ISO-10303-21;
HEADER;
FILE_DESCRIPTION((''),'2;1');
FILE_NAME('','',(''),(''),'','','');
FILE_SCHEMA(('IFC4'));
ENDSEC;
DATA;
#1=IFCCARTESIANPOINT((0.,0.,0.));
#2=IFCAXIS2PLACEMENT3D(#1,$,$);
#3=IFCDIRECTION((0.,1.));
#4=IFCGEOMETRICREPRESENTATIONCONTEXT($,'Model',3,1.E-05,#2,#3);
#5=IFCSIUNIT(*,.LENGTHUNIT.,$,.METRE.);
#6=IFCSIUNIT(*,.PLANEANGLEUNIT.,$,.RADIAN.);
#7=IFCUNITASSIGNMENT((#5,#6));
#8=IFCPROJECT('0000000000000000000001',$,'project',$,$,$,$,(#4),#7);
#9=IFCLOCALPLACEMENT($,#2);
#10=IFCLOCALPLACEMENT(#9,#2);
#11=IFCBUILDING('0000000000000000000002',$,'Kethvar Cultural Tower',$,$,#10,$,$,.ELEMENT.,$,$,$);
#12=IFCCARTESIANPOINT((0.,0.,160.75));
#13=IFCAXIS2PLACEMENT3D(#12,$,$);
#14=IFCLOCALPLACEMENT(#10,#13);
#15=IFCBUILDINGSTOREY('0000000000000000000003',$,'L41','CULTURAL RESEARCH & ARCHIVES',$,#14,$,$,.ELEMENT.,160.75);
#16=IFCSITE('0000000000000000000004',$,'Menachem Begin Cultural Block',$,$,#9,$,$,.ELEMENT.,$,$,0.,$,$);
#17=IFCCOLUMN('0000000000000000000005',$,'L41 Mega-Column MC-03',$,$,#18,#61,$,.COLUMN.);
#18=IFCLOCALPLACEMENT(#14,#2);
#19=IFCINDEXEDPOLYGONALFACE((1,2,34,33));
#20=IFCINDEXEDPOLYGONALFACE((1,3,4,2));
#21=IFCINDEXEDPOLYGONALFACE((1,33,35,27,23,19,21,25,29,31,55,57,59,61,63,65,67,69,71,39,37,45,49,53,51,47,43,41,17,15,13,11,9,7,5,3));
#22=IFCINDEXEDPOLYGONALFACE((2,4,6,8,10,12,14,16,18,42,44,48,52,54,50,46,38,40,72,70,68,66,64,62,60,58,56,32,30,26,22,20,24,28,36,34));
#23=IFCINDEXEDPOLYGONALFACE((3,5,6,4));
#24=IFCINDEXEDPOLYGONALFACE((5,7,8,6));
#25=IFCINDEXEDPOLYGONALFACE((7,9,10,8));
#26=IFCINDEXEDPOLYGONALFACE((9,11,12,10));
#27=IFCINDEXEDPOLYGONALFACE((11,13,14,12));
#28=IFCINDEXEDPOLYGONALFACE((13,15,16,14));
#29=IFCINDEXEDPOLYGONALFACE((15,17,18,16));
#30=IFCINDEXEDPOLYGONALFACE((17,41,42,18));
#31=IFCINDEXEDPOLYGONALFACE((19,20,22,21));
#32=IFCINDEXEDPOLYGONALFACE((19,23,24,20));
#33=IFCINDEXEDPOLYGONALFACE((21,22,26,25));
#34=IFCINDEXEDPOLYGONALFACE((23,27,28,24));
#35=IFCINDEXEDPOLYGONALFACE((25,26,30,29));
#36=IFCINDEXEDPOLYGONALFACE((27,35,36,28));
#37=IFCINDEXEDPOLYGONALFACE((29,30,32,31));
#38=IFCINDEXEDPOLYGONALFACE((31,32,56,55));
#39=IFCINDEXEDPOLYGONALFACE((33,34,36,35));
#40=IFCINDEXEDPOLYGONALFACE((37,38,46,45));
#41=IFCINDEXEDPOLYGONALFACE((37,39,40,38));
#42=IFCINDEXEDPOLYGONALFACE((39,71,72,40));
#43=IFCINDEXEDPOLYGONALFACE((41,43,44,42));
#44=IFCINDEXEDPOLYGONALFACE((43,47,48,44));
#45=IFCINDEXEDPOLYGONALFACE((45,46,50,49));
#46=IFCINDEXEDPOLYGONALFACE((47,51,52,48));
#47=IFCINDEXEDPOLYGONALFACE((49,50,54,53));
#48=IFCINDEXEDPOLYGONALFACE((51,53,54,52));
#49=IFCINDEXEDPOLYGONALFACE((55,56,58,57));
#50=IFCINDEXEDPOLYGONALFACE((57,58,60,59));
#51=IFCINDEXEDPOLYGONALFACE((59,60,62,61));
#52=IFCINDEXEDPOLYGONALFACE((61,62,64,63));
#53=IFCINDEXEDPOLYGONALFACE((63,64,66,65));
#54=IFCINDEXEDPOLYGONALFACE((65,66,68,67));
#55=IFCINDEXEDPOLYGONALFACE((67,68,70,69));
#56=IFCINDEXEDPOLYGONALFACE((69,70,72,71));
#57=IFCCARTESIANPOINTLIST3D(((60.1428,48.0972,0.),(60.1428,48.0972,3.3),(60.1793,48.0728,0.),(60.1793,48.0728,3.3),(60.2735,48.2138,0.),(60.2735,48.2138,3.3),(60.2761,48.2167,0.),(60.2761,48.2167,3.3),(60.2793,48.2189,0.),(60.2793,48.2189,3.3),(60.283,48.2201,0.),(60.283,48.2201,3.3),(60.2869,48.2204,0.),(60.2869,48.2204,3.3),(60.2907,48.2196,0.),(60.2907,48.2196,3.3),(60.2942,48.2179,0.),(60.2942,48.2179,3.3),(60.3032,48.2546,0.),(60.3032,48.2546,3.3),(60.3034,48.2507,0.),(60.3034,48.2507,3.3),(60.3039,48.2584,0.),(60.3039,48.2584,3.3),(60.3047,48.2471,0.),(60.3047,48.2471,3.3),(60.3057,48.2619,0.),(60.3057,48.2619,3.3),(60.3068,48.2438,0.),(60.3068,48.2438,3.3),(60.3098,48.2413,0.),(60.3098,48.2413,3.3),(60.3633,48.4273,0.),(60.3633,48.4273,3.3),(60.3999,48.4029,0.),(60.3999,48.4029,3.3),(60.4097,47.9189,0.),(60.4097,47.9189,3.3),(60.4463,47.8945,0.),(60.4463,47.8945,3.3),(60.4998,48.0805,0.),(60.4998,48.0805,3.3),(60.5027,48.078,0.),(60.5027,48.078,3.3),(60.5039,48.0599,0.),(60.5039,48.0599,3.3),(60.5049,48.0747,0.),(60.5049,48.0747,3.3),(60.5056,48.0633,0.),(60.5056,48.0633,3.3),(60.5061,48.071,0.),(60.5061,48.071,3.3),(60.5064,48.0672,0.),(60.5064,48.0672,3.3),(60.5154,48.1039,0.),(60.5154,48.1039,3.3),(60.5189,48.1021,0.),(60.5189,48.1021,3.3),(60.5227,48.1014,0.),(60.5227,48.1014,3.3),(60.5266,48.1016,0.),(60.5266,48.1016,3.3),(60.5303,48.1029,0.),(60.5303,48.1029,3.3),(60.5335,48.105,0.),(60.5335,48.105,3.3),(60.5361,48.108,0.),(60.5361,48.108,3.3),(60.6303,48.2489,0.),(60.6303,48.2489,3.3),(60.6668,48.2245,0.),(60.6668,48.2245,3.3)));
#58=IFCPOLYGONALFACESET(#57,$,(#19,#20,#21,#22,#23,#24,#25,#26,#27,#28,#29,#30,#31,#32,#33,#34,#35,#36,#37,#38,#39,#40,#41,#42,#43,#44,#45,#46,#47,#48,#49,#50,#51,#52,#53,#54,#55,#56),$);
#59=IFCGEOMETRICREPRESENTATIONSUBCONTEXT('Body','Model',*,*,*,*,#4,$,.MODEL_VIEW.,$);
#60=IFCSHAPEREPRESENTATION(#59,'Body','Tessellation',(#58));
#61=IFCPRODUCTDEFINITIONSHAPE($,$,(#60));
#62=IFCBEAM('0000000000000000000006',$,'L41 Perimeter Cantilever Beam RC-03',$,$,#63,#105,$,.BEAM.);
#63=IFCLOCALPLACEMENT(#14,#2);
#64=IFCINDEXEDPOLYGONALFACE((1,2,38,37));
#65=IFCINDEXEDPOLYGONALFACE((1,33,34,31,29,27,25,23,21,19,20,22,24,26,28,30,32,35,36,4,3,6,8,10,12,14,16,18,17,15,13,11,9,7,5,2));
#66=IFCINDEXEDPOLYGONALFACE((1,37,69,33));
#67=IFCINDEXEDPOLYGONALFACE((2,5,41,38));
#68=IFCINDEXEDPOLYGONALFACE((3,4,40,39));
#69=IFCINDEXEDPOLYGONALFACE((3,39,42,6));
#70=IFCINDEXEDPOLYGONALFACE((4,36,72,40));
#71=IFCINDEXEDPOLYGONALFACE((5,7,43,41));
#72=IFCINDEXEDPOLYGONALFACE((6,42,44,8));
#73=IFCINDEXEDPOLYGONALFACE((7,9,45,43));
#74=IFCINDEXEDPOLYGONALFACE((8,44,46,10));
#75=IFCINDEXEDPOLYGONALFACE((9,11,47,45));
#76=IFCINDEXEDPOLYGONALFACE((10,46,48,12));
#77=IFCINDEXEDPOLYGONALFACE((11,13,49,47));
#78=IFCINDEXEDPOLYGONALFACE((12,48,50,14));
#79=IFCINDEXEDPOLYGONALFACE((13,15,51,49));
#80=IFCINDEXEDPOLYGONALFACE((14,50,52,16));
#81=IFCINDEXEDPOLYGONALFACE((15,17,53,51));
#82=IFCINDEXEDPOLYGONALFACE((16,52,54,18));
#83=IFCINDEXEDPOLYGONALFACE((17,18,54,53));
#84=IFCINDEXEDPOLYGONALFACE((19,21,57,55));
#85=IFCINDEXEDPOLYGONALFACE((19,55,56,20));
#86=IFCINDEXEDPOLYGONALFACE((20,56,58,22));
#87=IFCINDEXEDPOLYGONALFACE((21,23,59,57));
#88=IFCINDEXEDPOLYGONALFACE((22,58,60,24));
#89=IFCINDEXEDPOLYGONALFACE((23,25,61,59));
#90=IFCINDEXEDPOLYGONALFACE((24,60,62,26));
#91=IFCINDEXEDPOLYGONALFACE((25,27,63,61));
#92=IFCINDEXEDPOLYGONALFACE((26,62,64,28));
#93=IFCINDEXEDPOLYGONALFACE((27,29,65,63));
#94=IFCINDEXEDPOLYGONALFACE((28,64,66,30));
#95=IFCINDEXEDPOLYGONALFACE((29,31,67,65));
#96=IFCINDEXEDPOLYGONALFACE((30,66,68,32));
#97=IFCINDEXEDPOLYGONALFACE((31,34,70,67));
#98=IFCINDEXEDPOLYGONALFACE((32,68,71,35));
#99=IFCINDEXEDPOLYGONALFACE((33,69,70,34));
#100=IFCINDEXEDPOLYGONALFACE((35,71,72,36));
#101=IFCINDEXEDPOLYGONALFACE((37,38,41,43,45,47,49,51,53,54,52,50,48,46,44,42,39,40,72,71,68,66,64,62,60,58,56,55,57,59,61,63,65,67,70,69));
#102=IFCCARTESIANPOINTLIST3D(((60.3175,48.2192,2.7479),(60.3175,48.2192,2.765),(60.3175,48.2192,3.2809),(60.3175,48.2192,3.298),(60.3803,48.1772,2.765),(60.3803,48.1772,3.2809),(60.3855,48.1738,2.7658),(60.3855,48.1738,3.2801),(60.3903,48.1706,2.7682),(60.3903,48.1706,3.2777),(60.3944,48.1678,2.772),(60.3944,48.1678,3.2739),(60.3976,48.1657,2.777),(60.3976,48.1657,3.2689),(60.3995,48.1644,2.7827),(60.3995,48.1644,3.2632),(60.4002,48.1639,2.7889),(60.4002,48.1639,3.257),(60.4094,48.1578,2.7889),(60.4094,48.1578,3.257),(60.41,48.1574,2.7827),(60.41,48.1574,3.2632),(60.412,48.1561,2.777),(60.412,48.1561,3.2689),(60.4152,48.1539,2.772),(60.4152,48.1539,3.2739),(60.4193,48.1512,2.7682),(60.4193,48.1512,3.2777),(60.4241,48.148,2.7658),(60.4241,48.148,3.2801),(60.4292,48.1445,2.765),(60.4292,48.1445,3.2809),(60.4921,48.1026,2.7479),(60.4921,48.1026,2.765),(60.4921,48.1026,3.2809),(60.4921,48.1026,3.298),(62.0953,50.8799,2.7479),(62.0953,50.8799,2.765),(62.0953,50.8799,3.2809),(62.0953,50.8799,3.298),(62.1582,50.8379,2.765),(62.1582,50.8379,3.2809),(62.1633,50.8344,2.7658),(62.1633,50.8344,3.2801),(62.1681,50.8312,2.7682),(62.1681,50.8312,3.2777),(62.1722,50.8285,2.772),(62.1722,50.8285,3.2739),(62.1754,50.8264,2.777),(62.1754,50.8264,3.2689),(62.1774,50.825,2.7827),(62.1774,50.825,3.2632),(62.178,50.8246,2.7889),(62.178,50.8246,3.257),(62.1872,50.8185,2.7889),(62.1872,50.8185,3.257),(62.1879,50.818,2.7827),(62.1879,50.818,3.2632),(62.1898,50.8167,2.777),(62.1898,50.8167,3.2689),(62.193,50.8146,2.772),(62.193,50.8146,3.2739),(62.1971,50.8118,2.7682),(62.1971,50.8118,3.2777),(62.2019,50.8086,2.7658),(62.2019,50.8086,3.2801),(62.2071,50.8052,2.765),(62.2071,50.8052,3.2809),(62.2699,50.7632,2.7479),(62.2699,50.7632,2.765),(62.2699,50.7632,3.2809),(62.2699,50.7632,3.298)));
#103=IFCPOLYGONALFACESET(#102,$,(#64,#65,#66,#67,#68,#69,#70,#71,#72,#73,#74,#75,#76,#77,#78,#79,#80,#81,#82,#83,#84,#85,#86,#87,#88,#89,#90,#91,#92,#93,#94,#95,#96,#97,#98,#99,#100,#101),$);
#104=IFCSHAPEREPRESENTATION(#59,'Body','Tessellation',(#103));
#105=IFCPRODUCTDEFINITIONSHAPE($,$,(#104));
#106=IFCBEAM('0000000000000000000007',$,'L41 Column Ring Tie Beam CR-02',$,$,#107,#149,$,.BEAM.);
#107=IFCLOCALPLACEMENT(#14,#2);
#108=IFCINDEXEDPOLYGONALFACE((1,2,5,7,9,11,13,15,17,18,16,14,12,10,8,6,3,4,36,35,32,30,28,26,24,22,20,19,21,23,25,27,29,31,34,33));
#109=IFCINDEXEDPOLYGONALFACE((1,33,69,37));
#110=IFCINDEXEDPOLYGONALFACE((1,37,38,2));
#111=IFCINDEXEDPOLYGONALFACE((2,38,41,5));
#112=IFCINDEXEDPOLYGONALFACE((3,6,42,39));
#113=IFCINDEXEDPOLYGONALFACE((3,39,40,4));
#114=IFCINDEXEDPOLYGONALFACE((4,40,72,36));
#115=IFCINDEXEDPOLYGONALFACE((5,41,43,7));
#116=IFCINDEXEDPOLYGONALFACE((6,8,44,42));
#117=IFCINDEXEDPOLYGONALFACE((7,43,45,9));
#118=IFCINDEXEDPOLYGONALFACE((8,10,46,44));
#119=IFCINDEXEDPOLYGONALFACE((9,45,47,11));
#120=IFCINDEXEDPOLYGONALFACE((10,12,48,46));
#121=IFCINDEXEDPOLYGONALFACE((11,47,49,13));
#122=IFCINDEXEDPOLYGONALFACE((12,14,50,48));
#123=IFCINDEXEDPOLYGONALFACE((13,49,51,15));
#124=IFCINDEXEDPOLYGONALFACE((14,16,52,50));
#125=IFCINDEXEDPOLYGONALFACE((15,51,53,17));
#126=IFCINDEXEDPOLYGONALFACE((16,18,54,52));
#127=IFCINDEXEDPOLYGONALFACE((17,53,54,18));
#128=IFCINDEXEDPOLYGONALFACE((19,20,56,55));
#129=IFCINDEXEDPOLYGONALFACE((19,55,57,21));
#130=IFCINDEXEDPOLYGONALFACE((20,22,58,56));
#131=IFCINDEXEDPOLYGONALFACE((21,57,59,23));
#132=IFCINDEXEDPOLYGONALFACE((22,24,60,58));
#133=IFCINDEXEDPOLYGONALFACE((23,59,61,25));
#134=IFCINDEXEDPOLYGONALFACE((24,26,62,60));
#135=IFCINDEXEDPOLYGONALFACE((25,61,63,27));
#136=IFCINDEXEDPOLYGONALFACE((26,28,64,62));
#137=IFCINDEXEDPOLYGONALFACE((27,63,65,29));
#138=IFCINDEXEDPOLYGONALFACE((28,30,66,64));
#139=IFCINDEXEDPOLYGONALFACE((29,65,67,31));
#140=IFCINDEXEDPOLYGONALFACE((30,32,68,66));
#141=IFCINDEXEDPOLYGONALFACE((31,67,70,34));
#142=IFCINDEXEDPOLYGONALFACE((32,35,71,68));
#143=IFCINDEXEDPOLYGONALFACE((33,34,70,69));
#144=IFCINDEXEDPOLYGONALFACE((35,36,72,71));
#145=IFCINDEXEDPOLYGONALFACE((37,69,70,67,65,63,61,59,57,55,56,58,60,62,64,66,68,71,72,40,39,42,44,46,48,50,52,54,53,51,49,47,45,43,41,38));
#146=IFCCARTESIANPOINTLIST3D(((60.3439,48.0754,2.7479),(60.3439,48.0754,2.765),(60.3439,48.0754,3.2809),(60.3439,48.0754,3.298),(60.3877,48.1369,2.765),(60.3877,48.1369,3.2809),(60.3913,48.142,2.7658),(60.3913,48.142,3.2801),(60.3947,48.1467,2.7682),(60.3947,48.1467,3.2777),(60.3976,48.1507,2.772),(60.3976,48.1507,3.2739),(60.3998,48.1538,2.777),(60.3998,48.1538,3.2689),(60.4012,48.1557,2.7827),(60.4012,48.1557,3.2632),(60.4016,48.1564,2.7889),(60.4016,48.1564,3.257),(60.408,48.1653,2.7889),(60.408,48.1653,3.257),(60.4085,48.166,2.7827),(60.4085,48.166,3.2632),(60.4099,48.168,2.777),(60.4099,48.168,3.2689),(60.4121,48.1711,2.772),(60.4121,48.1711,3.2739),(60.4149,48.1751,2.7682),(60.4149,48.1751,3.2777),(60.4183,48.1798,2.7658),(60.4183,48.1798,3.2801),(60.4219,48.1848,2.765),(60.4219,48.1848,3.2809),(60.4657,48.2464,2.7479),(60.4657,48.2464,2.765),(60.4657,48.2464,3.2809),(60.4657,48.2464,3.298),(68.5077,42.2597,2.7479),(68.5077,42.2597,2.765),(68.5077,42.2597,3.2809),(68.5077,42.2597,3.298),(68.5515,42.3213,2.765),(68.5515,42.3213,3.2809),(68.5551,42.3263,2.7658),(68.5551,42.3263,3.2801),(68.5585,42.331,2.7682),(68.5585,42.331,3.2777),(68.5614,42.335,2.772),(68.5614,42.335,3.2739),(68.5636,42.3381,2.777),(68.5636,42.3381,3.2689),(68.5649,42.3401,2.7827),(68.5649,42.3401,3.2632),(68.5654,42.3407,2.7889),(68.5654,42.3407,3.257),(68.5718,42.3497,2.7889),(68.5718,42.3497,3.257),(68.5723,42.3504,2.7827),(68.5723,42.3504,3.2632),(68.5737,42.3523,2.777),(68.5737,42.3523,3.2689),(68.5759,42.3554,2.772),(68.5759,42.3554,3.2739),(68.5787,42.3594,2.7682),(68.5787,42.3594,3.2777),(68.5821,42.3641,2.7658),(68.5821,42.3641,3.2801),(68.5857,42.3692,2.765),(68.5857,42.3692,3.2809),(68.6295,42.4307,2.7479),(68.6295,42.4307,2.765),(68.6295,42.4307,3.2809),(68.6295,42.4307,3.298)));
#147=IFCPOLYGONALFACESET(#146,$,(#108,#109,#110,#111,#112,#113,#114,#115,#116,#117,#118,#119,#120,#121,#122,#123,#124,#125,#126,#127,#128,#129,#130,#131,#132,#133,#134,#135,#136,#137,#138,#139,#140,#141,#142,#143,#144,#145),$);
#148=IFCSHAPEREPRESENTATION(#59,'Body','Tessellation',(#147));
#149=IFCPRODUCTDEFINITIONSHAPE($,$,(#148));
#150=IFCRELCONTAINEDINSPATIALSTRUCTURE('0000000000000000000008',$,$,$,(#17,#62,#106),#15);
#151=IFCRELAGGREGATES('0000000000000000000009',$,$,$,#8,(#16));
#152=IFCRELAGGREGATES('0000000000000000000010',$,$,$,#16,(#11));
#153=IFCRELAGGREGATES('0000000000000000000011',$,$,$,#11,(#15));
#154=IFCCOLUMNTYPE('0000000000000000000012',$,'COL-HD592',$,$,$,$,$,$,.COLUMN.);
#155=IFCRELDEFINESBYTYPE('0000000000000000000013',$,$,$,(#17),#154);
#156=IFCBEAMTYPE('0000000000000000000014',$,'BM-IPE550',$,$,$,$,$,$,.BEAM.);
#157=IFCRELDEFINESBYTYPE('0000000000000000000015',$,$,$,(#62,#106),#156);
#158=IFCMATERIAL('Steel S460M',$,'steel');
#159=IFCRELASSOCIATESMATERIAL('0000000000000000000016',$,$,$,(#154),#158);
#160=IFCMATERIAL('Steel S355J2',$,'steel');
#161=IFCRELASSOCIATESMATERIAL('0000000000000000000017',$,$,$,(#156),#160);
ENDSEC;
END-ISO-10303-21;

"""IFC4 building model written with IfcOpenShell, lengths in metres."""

from ifc_helpers import new_model, si_unit, direction, frame, origin, origin_2d, place, context, subcontext, project, spatial, i_section, extrude, source, transform, mapped, material, material_profile, profile_set, type_object, element, save


model = new_model("IFC4")

# Units and contexts
model_context = context("Model", 3, precision=1e-05, world=origin(), true_north=direction((0.0, 1.0)))
body_context = subcontext(model_context, "Body", "Model", "MODEL_VIEW")
ifc_project = project(units=[si_unit("LENGTHUNIT", "METRE"), si_unit("PLANEANGLEUNIT", "RADIAN")], contexts=[model_context])

# Site, building, storey
site_placement = place(None, origin())
site = spatial("IfcSite", under=ifc_project, at=site_placement, Name="Menachem Begin Cultural Block", CompositionType="ELEMENT", RefElevation=0.0)
building_placement = place(site_placement, origin())
building = spatial("IfcBuilding", under=site, at=building_placement, Name="Kethvar Cultural Tower", CompositionType="ELEMENT")
storey_placement = place(building_placement, frame((0.0, 0.0, 160.75)))
storey = spatial("IfcBuildingStorey", under=building, at=storey_placement, Name="L41", Description="CULTURAL RESEARCH & ARCHIVES", CompositionType="ELEMENT", Elevation=160.75)

# Column
ifc_material_1 = material(Name="Steel S460M", Category="steel")
ifc_material_profile_1 = material_profile(ifc_material_1, i_section(OverallWidth=0.397, OverallDepth=0.365, WebThickness=0.0281, FlangeThickness=0.0439, FilletRadius=0.0149, at=origin_2d()), Name="Steel S460M — HD400x592")
ifc_profile_set_1 = profile_set([ifc_material_profile_1], Name="Steel S460M — HD400x592")
column_type = type_object("IfcColumnType", Name="COL-HD592", PredefinedType="COLUMN", material=ifc_profile_set_1)
shared_shape_1 = source(origin(), body_context, "Body", "SweptSolid", [
    extrude(i_section(OverallWidth=0.397, OverallDepth=0.365, WebThickness=0.0281, FlangeThickness=0.0439, FilletRadius=0.0149, at=origin_2d()), origin(), (0.0, 0.0, 1.0), 3.3),
])
column_placement = place(storey_placement, frame((60.4048, 48.1609, 0.0), z_axis=(0.0, 0.0, 1.0), x_axis=(0.55557, 0.83147, 0.0)))
element("IfcColumn", 1, at=column_placement, inside=storey, type_object=column_type, Name="L41 Mega-Column MC-03", PredefinedType="COLUMN", context=body_context, shape_type="MappedRepresentation", body=[
    mapped(shared_shape_1, transform((0.0, 0.0, 0.0), scale=1.0)),
])

# Beams
ifc_material_2 = material(Name="Steel S355J2", Category="steel")
ifc_material_profile_2 = material_profile(ifc_material_2, i_section(OverallWidth=0.21, OverallDepth=0.55, WebThickness=0.011, FlangeThickness=0.0171, FilletRadius=0.0239, at=origin_2d()), Name="Steel S355J2 — IPE550")
ifc_profile_set_2 = profile_set([ifc_material_profile_2], Name="Steel S355J2 — IPE550")
beam_type_1 = type_object("IfcBeamType", Name="BM-IPE550", PredefinedType="BEAM", material=ifc_profile_set_2)
shared_shape_2 = source(origin(), body_context, "Body", "SweptSolid", [
    extrude(i_section(OverallWidth=0.21, OverallDepth=0.55, WebThickness=0.011, FlangeThickness=0.0171, FilletRadius=0.0239, at=origin_2d()), origin(), (0.0, 0.0, 1.0), 3.2),
])
beam_1_placement = place(storey_placement, frame((60.4048, 48.1609, 3.0229), z_axis=(0.55558, 0.831463, 0.0), x_axis=(-0.831463, 0.55558, 0.0)))
element("IfcBeam", 2, at=beam_1_placement, inside=storey, type_object=beam_type_1, Name="L41 Perimeter Cantilever Beam RC-03", PredefinedType="BEAM", context=body_context, shape_type="MappedRepresentation", body=[
    mapped(shared_shape_2, transform((0.0, 0.0, 0.0), scale=1.0)),
])
shared_shape_3 = source(origin(), body_context, "Body", "SweptSolid", [
    extrude(i_section(OverallWidth=0.21, OverallDepth=0.55, WebThickness=0.011, FlangeThickness=0.0171, FilletRadius=0.0239, at=origin_2d()), origin(), (0.0, 0.0, 1.0), 10.0234),
])
beam_2_placement = place(storey_placement, frame((68.5686, 42.3452, 3.0229), z_axis=(-0.81447, 0.580206, 0.0), x_axis=(-0.580206, -0.81447, 0.0)))
element("IfcBeam", 3, at=beam_2_placement, inside=storey, type_object=beam_type_1, Name="L41 Column Ring Tie Beam CR-02", PredefinedType="BEAM", context=body_context, shape_type="MappedRepresentation", body=[
    mapped(shared_shape_3, transform((0.0, 0.0, 0.0), scale=1.0)),
])

save(model, "model.ifc")
